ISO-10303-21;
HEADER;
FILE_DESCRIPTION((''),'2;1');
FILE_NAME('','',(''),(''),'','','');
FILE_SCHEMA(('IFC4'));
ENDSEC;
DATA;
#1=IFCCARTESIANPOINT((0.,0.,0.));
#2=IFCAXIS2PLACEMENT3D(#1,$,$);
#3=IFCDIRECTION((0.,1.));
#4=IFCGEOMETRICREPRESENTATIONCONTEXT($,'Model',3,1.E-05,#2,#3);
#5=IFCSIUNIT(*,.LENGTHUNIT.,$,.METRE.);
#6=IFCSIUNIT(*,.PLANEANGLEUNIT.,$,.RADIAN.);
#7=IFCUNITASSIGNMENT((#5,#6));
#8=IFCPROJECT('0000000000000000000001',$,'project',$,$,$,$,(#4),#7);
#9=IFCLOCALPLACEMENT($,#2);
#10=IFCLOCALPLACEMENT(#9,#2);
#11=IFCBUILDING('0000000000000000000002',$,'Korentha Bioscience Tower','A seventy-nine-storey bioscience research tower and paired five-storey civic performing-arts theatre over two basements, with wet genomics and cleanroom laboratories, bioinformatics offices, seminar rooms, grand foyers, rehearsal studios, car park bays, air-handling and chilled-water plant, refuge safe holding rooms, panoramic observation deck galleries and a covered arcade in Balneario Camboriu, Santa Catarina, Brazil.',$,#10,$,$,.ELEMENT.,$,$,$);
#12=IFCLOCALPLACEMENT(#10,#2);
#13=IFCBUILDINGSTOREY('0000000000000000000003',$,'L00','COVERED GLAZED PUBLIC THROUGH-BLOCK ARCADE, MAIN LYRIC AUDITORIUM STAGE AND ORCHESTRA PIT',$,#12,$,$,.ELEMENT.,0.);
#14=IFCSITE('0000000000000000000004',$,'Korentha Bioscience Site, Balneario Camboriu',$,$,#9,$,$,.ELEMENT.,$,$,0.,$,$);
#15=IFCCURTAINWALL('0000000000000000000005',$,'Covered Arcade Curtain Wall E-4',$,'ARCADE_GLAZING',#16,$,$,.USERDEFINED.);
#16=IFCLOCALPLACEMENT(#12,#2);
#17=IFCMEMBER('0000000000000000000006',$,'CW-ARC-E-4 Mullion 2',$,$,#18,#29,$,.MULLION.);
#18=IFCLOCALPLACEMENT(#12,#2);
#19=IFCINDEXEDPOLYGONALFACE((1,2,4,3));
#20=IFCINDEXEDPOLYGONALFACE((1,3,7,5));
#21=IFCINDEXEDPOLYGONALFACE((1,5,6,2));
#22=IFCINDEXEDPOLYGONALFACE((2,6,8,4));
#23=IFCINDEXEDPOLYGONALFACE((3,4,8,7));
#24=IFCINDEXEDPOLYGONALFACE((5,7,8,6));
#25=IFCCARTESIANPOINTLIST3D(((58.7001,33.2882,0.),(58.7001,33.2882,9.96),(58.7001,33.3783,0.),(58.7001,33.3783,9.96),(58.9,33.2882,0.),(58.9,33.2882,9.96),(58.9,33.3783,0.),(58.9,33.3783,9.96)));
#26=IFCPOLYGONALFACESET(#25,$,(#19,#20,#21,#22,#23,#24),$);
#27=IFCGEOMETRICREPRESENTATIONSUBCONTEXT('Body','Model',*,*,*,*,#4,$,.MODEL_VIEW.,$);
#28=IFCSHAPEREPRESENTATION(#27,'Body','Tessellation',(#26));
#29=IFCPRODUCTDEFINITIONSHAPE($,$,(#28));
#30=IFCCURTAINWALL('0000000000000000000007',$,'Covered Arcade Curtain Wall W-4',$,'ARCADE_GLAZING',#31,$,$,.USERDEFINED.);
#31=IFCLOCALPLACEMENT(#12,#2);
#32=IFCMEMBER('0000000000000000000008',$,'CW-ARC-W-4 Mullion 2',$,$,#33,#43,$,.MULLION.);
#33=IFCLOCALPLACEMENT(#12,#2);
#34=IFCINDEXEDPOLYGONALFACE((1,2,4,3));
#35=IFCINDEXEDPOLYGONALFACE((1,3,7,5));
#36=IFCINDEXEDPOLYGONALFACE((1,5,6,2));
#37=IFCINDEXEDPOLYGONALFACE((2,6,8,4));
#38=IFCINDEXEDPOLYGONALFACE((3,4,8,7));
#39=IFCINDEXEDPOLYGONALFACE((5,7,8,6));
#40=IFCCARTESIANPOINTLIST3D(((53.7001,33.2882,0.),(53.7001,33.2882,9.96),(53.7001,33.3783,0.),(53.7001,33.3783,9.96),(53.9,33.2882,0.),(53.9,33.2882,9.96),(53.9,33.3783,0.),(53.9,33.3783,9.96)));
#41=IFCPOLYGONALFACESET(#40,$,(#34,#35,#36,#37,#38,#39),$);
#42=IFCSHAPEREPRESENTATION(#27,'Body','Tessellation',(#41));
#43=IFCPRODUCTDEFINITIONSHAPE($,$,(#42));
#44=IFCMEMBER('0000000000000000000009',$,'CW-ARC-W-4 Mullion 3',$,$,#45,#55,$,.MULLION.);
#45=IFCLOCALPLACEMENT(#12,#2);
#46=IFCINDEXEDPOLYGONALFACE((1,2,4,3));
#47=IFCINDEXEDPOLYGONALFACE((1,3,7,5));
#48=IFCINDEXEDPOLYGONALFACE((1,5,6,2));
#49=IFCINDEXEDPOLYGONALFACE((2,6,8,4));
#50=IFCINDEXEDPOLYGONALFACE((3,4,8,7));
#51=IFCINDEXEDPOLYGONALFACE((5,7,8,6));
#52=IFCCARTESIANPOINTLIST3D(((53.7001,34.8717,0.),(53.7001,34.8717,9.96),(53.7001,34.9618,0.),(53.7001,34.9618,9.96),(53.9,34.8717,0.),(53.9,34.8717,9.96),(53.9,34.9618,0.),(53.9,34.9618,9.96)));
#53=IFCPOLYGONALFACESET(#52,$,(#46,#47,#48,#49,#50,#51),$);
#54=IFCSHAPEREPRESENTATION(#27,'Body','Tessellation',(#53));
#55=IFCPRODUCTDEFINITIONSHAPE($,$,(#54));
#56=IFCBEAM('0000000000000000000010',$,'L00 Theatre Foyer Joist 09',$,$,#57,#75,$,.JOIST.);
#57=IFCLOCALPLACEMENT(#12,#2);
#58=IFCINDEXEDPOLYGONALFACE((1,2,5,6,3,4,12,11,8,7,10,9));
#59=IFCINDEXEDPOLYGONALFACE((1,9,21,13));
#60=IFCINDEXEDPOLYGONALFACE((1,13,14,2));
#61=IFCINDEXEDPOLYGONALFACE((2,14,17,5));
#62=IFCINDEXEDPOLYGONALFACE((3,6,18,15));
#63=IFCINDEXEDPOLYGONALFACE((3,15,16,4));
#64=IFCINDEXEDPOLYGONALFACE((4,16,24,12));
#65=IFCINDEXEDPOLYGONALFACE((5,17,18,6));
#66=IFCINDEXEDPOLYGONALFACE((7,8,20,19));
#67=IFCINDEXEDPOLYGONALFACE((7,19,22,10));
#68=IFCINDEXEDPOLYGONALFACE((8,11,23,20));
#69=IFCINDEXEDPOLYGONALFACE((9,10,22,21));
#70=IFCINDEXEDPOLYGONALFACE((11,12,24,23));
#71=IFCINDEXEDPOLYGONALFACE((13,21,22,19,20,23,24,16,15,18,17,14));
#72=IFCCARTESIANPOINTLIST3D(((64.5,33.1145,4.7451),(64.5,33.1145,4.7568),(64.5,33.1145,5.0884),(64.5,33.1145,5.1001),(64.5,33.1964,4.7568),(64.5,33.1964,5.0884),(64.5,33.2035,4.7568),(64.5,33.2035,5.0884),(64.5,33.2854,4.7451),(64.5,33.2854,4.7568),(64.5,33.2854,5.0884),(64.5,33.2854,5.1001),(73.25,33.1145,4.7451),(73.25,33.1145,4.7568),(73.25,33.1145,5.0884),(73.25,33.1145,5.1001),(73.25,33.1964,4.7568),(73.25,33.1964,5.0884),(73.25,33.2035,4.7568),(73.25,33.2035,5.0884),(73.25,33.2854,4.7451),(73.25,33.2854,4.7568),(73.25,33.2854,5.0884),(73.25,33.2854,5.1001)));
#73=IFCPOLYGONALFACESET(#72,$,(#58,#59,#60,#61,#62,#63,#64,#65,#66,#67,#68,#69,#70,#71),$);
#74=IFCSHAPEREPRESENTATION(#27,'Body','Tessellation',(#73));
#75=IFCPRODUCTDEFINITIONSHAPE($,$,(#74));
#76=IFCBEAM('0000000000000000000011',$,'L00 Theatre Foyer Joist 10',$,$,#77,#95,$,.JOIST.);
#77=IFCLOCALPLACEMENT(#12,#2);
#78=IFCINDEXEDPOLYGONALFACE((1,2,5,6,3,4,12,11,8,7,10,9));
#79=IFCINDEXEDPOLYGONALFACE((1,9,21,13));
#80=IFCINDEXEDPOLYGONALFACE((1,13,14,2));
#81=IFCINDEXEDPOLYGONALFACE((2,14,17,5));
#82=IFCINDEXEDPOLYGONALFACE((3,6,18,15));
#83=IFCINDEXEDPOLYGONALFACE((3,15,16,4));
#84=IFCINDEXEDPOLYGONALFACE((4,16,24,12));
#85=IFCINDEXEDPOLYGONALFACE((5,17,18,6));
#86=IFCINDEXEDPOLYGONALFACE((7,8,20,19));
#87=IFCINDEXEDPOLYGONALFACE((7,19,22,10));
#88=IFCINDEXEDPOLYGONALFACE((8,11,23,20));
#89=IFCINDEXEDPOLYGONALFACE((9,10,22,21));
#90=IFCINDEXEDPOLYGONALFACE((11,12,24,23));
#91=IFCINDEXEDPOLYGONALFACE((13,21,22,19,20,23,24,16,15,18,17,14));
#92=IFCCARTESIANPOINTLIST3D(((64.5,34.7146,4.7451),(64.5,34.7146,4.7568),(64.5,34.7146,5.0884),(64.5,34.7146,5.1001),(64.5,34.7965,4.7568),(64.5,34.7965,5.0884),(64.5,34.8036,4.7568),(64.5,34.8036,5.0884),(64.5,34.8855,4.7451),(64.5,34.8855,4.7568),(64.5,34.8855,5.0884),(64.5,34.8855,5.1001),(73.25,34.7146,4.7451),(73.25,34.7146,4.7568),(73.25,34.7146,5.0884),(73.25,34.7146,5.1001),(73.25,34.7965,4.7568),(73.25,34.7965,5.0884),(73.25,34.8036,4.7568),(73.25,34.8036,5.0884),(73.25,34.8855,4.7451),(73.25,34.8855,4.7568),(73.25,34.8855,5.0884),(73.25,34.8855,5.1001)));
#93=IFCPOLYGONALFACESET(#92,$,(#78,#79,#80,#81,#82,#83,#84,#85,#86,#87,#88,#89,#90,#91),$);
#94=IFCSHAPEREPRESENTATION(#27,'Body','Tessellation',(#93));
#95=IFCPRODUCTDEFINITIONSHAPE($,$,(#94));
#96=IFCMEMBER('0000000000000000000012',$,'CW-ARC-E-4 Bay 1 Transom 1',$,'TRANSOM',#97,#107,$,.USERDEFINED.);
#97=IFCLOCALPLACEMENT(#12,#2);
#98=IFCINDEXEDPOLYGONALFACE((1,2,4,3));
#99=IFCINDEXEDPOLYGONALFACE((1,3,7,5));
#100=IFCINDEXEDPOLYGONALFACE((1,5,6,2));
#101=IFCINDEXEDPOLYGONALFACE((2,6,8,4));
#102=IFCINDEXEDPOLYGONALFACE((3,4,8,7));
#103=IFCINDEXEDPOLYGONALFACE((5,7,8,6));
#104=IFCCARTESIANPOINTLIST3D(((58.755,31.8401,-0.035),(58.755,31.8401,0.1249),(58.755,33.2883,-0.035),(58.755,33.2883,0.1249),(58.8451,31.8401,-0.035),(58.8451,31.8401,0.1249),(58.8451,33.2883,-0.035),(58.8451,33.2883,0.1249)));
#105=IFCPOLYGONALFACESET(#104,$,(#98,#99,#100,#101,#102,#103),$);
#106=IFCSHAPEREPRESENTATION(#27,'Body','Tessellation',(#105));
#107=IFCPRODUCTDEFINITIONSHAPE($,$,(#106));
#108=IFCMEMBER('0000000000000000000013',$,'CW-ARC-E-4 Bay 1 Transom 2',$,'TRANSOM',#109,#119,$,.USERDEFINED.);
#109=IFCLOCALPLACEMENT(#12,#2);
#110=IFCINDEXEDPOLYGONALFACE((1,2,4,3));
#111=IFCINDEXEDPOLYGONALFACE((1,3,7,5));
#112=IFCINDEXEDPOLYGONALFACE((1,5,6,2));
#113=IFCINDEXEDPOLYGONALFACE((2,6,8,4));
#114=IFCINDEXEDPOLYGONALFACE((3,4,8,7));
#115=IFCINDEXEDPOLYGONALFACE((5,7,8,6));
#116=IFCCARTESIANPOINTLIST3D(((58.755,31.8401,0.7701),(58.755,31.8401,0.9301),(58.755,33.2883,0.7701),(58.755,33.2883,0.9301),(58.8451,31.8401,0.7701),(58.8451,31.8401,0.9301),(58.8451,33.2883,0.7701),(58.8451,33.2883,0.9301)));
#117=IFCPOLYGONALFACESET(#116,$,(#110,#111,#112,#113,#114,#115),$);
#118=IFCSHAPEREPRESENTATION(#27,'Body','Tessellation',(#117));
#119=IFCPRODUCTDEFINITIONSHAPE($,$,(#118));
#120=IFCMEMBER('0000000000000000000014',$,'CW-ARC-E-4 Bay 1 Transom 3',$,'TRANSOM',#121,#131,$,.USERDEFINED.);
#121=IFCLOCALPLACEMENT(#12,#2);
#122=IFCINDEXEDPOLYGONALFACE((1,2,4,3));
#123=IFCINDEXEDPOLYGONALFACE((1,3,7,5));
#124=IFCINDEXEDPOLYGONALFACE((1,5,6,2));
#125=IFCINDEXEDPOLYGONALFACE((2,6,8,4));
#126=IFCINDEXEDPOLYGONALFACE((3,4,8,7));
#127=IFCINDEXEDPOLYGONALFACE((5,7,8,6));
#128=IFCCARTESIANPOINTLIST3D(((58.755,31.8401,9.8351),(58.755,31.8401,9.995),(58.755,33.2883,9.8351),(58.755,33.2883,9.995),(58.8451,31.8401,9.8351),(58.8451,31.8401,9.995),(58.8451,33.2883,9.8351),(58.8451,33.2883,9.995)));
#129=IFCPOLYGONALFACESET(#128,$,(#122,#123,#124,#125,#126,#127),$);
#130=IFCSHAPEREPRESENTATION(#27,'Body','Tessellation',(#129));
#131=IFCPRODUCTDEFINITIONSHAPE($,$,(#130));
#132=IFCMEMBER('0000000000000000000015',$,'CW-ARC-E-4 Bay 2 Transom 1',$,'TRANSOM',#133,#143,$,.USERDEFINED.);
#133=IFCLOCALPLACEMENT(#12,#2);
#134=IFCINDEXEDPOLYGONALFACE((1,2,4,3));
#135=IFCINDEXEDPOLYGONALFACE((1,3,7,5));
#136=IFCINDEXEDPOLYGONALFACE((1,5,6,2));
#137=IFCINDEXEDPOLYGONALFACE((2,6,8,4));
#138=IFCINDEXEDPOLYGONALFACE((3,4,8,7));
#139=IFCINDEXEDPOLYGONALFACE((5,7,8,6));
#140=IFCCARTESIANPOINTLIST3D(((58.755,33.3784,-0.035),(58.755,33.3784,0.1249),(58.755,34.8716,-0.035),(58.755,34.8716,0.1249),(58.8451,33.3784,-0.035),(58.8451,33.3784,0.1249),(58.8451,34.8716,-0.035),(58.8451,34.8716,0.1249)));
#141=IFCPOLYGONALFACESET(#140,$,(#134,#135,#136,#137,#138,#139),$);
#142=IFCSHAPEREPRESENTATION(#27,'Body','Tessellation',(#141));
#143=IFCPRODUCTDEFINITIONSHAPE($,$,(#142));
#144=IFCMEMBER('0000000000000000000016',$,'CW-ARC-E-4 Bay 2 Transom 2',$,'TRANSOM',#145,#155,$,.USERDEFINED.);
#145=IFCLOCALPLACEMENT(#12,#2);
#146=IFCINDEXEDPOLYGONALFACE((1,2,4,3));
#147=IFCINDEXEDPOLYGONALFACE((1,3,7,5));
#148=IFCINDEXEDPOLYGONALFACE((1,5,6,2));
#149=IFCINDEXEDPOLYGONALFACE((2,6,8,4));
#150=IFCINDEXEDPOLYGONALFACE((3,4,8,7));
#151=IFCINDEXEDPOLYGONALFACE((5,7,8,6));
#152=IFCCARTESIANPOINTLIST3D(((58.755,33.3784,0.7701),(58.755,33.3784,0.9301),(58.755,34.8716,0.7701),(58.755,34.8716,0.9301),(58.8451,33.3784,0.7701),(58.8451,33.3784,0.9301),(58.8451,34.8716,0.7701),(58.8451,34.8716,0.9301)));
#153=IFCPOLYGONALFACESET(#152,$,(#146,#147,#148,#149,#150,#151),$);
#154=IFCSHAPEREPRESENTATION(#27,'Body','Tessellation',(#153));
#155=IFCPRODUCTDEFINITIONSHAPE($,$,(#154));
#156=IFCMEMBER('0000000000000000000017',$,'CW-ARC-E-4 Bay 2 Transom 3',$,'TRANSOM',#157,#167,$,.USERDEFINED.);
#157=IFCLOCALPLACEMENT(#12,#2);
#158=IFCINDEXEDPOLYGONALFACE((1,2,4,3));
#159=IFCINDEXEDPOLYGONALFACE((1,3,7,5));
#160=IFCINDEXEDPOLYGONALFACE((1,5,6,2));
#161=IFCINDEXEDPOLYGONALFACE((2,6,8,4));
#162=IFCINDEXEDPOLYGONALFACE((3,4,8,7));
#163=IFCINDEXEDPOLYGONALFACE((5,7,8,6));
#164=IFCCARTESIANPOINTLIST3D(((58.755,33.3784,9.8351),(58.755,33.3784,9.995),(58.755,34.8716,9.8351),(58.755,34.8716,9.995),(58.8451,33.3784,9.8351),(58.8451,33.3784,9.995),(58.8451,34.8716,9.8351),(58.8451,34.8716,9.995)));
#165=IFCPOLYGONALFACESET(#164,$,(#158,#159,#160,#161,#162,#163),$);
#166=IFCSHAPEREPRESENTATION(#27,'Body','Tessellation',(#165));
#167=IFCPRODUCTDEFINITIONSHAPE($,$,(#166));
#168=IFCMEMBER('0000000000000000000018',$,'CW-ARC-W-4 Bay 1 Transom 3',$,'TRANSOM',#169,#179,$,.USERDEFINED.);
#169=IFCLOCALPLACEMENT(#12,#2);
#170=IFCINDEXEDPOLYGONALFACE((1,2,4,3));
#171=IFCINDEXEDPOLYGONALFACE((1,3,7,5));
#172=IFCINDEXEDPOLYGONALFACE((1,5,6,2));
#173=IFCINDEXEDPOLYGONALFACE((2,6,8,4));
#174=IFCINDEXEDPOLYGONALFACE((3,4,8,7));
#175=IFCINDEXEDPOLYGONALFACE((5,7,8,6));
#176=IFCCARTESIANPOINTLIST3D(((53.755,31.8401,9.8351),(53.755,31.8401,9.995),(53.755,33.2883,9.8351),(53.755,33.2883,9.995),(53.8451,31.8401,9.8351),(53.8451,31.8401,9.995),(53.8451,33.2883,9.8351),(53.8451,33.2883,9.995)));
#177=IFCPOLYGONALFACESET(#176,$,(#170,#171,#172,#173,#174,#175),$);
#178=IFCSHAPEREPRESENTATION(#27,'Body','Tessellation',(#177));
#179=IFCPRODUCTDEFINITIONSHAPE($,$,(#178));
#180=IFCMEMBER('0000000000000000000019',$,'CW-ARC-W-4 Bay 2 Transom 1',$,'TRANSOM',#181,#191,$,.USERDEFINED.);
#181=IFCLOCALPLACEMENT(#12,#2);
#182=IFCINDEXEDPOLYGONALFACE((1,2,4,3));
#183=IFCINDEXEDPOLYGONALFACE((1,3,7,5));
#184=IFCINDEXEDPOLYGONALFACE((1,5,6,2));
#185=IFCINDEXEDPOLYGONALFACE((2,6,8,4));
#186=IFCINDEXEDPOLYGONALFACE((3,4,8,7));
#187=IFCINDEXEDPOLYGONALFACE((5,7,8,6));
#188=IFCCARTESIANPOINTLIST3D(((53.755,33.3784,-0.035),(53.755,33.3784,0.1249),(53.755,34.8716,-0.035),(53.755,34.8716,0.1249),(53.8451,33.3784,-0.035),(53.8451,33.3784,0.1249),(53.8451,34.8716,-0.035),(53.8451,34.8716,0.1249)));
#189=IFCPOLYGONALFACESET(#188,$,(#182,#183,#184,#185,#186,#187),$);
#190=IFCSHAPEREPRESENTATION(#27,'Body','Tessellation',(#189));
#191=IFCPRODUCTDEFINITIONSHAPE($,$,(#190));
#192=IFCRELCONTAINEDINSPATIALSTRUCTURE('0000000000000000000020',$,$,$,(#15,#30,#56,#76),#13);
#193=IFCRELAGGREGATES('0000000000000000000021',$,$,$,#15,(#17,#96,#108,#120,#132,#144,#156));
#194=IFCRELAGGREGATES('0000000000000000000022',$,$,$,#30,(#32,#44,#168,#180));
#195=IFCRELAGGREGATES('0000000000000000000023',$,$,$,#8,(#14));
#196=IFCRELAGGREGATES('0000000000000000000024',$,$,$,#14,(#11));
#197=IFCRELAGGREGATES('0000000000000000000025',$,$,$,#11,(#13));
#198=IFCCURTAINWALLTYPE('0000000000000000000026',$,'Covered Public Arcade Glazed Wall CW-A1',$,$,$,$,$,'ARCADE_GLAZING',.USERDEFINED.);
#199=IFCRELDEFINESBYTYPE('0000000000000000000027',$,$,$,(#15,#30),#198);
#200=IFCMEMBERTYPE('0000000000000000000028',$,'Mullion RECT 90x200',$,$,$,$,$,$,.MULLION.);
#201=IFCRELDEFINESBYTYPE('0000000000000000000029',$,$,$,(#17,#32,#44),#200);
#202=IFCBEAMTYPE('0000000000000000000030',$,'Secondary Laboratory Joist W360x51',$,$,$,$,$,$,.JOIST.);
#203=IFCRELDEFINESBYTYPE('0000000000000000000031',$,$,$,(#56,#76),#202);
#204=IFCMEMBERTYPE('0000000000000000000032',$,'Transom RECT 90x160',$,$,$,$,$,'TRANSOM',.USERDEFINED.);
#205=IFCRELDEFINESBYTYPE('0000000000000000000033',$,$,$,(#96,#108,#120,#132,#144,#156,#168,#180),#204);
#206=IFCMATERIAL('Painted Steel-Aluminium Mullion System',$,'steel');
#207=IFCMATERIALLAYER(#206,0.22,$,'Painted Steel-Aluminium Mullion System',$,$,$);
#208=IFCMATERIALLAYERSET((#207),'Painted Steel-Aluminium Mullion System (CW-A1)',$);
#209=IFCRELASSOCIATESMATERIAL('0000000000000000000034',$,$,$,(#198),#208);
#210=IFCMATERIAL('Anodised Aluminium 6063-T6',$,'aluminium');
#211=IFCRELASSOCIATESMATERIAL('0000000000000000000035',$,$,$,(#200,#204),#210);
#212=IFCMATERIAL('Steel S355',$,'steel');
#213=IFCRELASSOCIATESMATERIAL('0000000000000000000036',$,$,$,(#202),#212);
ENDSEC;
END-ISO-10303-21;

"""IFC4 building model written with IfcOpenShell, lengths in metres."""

from ifc_helpers import new_model, si_unit, direction, frame, origin, origin_2d, place, context, subcontext, project, spatial, rectangle, i_section, extrude, material, layer, layer_set, material_profile, profile_set, type_object, element, aggregate, save


model = new_model("IFC4")

# Units and contexts
model_context = context("Model", 3, precision=1e-05, world=origin(), true_north=direction((0.0, 1.0)))
body_context = subcontext(model_context, "Body", "Model", "MODEL_VIEW")
ifc_project = project(units=[si_unit("LENGTHUNIT", "METRE"), si_unit("PLANEANGLEUNIT", "RADIAN")], contexts=[model_context])

# Site, building, storey
site_placement = place(None, origin())
site = spatial("IfcSite", under=ifc_project, at=site_placement, Name="Korentha Bioscience Site, Balneario Camboriu", CompositionType="ELEMENT", RefElevation=0.0)
building_placement = place(site_placement, origin())
building = spatial("IfcBuilding", under=site, at=building_placement, Name="Korentha Bioscience Tower", Description="A seventy-nine-storey bioscience research tower and paired five-storey civic performing-arts theatre over two basements, with wet genomics and cleanroom laboratories, bioinformatics offices, seminar rooms, grand foyers, rehearsal studios, car park bays, air-handling and chilled-water plant, refuge safe holding rooms, panoramic observation deck galleries and a covered arcade in Balneario Camboriu, Santa Catarina, Brazil.", CompositionType="ELEMENT")
storey_placement = place(building_placement, origin())
storey = spatial("IfcBuildingStorey", under=building, at=storey_placement, Name="L00", Description="COVERED GLAZED PUBLIC THROUGH-BLOCK ARCADE, MAIN LYRIC AUDITORIUM STAGE AND ORCHESTRA PIT", CompositionType="ELEMENT", Elevation=0.0)

# Curtain wall, member
ifc_material_1 = material(Name="Painted Steel-Aluminium Mullion System", Category="steel")
ifc_layer_1 = layer(ifc_material_1, 0.22, Name="Painted Steel-Aluminium Mullion System")
ifc_layer_set_1 = layer_set([ifc_layer_1], Name="Painted Steel-Aluminium Mullion System (CW-A1)")
curtain_wall_type = type_object("IfcCurtainWallType", Name="Covered Public Arcade Glazed Wall CW-A1", ElementType="ARCADE_GLAZING", PredefinedType="USERDEFINED", material=ifc_layer_set_1)
curtain_wall_1_placement = place(storey_placement, origin())
curtain_wall_1 = element("IfcCurtainWall", 1, at=curtain_wall_1_placement, inside=storey, type_object=curtain_wall_type, Name="Covered Arcade Curtain Wall E-4", ObjectType="ARCADE_GLAZING", PredefinedType="USERDEFINED")
ifc_material_2 = material(Name="Anodised Aluminium 6063-T6", Category="aluminium")
ifc_material_profile_1 = material_profile(ifc_material_2, rectangle(XDim=0.0901, YDim=0.2, at=origin_2d()), Name="Anodised Aluminium 6063-T6")
ifc_profile_set_1 = profile_set([ifc_material_profile_1], Name="Anodised Aluminium 6063-T6 (CW-MUL)")
member_type_1 = type_object("IfcMemberType", Name="Mullion RECT 90x200", PredefinedType="MULLION", material=ifc_profile_set_1)
member_1_placement = place(storey_placement, frame((58.8, 33.3333, 0.0), z_axis=(0.0, 0.0, 1.0), x_axis=(0.0, 1.0, 0.0)))
member_1 = element("IfcMember", 2, at=member_1_placement, type_object=member_type_1, Name="CW-ARC-E-4 Mullion 2", PredefinedType="MULLION", context=body_context, shape_type="SweptSolid", body=[
    extrude(rectangle(XDim=0.0901, YDim=0.2, at=origin_2d()), origin(), (0.0, 0.0, 1.0), 9.96),
])

# Curtain wall, members
curtain_wall_2_placement = place(storey_placement, origin())
curtain_wall_2 = element("IfcCurtainWall", 3, at=curtain_wall_2_placement, inside=storey, type_object=curtain_wall_type, Name="Covered Arcade Curtain Wall W-4", ObjectType="ARCADE_GLAZING", PredefinedType="USERDEFINED")
member_2_placement = place(storey_placement, frame((53.8, 33.3333, 0.0), z_axis=(0.0, 0.0, 1.0), x_axis=(0.0, 1.0, 0.0)))
member_2 = element("IfcMember", 4, at=member_2_placement, type_object=member_type_1, Name="CW-ARC-W-4 Mullion 2", PredefinedType="MULLION", context=body_context, shape_type="SweptSolid", body=[
    extrude(rectangle(XDim=0.0901, YDim=0.2, at=origin_2d()), origin(), (0.0, 0.0, 1.0), 9.96),
])
member_3_placement = place(storey_placement, frame((53.8, 34.9167, 0.0), z_axis=(0.0, 0.0, 1.0), x_axis=(0.0, 1.0, 0.0)))
member_3 = element("IfcMember", 5, at=member_3_placement, type_object=member_type_1, Name="CW-ARC-W-4 Mullion 3", PredefinedType="MULLION", context=body_context, shape_type="SweptSolid", body=[
    extrude(rectangle(XDim=0.0901, YDim=0.2, at=origin_2d()), origin(), (0.0, 0.0, 1.0), 9.96),
])

# Beams
ifc_material_3 = material(Name="Steel S355", Category="steel")
ifc_material_profile_2 = material_profile(ifc_material_3, i_section(OverallWidth=0.1709, OverallDepth=0.355, WebThickness=0.0071, FlangeThickness=0.0117, at=origin_2d()), Name="Steel S355")
ifc_profile_set_2 = profile_set([ifc_material_profile_2], Name="Steel S355 (JB-360)")
beam_type = type_object("IfcBeamType", Name="Secondary Laboratory Joist W360x51", PredefinedType="JOIST", material=ifc_profile_set_2)
for number, where, z_axis, x_axis, name in (
    (6, (64.5, 33.2, 4.9226), (1.0, 0.0, 0.0), (0.0, 1.0, 0.0), "L00 Theatre Foyer Joist 09"),
    (7, (64.5, 34.8, 4.9226), (1.0, 0.0, 0.0), (0.0, 1.0, 0.0), "L00 Theatre Foyer Joist 10"),
):
    element("IfcBeam", number, at=place(storey_placement, frame(where, z_axis=z_axis, x_axis=x_axis)), inside=storey, type_object=beam_type, Name=name, PredefinedType="JOIST", context=body_context, shape_type="SweptSolid", body=[
        extrude(i_section(OverallWidth=0.1709, OverallDepth=0.355, WebThickness=0.0071, FlangeThickness=0.0117, at=origin_2d()), origin(), (0.0, 0.0, 1.0), 8.75),
    ])

# Members
ifc_material_profile_3 = material_profile(ifc_material_2, rectangle(XDim=0.0901, YDim=0.1599, at=origin_2d()), Name="Anodised Aluminium 6063-T6")
ifc_profile_set_3 = profile_set([ifc_material_profile_3], Name="Anodised Aluminium 6063-T6 (CW-TRN)")
member_type_2 = type_object("IfcMemberType", Name="Transom RECT 90x160", ElementType="TRANSOM", PredefinedType="USERDEFINED", material=ifc_profile_set_3)
member_4_placement = place(storey_placement, frame((58.8, 31.8401, 0.0449), z_axis=(0.0, 1.0, 0.0), x_axis=(-1.0, 0.0, 0.0)))
member_4 = element("IfcMember", 8, at=member_4_placement, type_object=member_type_2, Name="CW-ARC-E-4 Bay 1 Transom 1", ObjectType="TRANSOM", PredefinedType="USERDEFINED", context=body_context, shape_type="SweptSolid", body=[
    extrude(rectangle(XDim=0.0901, YDim=0.1599, at=origin_2d()), origin(), (0.0, 0.0, 1.0), 1.4482),
])
member_5_placement = place(storey_placement, frame((58.8, 31.8401, 0.8501), z_axis=(0.0, 1.0, 0.0), x_axis=(-1.0, 0.0, 0.0)))
member_5 = element("IfcMember", 9, at=member_5_placement, type_object=member_type_2, Name="CW-ARC-E-4 Bay 1 Transom 2", ObjectType="TRANSOM", PredefinedType="USERDEFINED", context=body_context, shape_type="SweptSolid", body=[
    extrude(rectangle(XDim=0.0901, YDim=0.1599, at=origin_2d()), origin(), (0.0, 0.0, 1.0), 1.4482),
])
member_6_placement = place(storey_placement, frame((58.8, 31.8401, 9.915), z_axis=(0.0, 1.0, 0.0), x_axis=(-1.0, 0.0, 0.0)))
member_6 = element("IfcMember", 10, at=member_6_placement, type_object=member_type_2, Name="CW-ARC-E-4 Bay 1 Transom 3", ObjectType="TRANSOM", PredefinedType="USERDEFINED", context=body_context, shape_type="SweptSolid", body=[
    extrude(rectangle(XDim=0.0901, YDim=0.1599, at=origin_2d()), origin(), (0.0, 0.0, 1.0), 1.4482),
])
member_7_placement = place(storey_placement, frame((58.8, 33.3784, 0.0449), z_axis=(0.0, 1.0, 0.0), x_axis=(-1.0, 0.0, 0.0)))
member_7 = element("IfcMember", 11, at=member_7_placement, type_object=member_type_2, Name="CW-ARC-E-4 Bay 2 Transom 1", ObjectType="TRANSOM", PredefinedType="USERDEFINED", context=body_context, shape_type="SweptSolid", body=[
    extrude(rectangle(XDim=0.0901, YDim=0.1599, at=origin_2d()), origin(), (0.0, 0.0, 1.0), 1.4932),
])
member_8_placement = place(storey_placement, frame((58.8, 33.3784, 0.8501), z_axis=(0.0, 1.0, 0.0), x_axis=(-1.0, 0.0, 0.0)))
member_8 = element("IfcMember", 12, at=member_8_placement, type_object=member_type_2, Name="CW-ARC-E-4 Bay 2 Transom 2", ObjectType="TRANSOM", PredefinedType="USERDEFINED", context=body_context, shape_type="SweptSolid", body=[
    extrude(rectangle(XDim=0.0901, YDim=0.1599, at=origin_2d()), origin(), (0.0, 0.0, 1.0), 1.4932),
])
member_9_placement = place(storey_placement, frame((58.8, 33.3784, 9.915), z_axis=(0.0, 1.0, 0.0), x_axis=(-1.0, 0.0, 0.0)))
member_9 = element("IfcMember", 13, at=member_9_placement, type_object=member_type_2, Name="CW-ARC-E-4 Bay 2 Transom 3", ObjectType="TRANSOM", PredefinedType="USERDEFINED", context=body_context, shape_type="SweptSolid", body=[
    extrude(rectangle(XDim=0.0901, YDim=0.1599, at=origin_2d()), origin(), (0.0, 0.0, 1.0), 1.4932),
])
member_10_placement = place(storey_placement, frame((53.8, 31.8401, 9.915), z_axis=(0.0, 1.0, 0.0), x_axis=(-1.0, 0.0, 0.0)))
member_10 = element("IfcMember", 14, at=member_10_placement, type_object=member_type_2, Name="CW-ARC-W-4 Bay 1 Transom 3", ObjectType="TRANSOM", PredefinedType="USERDEFINED", context=body_context, shape_type="SweptSolid", body=[
    extrude(rectangle(XDim=0.0901, YDim=0.1599, at=origin_2d()), origin(), (0.0, 0.0, 1.0), 1.4482),
])
member_11_placement = place(storey_placement, frame((53.8, 33.3784, 0.0449), z_axis=(0.0, 1.0, 0.0), x_axis=(-1.0, 0.0, 0.0)))
member_11 = element("IfcMember", 15, at=member_11_placement, type_object=member_type_2, Name="CW-ARC-W-4 Bay 2 Transom 1", ObjectType="TRANSOM", PredefinedType="USERDEFINED", context=body_context, shape_type="SweptSolid", body=[
    extrude(rectangle(XDim=0.0901, YDim=0.1599, at=origin_2d()), origin(), (0.0, 0.0, 1.0), 1.4932),
])

aggregate(curtain_wall_1, [member_1, member_4, member_5, member_6, member_7, member_8, member_9])
aggregate(curtain_wall_2, [member_2, member_3, member_10, member_11])

save(model, "model.ifc")
